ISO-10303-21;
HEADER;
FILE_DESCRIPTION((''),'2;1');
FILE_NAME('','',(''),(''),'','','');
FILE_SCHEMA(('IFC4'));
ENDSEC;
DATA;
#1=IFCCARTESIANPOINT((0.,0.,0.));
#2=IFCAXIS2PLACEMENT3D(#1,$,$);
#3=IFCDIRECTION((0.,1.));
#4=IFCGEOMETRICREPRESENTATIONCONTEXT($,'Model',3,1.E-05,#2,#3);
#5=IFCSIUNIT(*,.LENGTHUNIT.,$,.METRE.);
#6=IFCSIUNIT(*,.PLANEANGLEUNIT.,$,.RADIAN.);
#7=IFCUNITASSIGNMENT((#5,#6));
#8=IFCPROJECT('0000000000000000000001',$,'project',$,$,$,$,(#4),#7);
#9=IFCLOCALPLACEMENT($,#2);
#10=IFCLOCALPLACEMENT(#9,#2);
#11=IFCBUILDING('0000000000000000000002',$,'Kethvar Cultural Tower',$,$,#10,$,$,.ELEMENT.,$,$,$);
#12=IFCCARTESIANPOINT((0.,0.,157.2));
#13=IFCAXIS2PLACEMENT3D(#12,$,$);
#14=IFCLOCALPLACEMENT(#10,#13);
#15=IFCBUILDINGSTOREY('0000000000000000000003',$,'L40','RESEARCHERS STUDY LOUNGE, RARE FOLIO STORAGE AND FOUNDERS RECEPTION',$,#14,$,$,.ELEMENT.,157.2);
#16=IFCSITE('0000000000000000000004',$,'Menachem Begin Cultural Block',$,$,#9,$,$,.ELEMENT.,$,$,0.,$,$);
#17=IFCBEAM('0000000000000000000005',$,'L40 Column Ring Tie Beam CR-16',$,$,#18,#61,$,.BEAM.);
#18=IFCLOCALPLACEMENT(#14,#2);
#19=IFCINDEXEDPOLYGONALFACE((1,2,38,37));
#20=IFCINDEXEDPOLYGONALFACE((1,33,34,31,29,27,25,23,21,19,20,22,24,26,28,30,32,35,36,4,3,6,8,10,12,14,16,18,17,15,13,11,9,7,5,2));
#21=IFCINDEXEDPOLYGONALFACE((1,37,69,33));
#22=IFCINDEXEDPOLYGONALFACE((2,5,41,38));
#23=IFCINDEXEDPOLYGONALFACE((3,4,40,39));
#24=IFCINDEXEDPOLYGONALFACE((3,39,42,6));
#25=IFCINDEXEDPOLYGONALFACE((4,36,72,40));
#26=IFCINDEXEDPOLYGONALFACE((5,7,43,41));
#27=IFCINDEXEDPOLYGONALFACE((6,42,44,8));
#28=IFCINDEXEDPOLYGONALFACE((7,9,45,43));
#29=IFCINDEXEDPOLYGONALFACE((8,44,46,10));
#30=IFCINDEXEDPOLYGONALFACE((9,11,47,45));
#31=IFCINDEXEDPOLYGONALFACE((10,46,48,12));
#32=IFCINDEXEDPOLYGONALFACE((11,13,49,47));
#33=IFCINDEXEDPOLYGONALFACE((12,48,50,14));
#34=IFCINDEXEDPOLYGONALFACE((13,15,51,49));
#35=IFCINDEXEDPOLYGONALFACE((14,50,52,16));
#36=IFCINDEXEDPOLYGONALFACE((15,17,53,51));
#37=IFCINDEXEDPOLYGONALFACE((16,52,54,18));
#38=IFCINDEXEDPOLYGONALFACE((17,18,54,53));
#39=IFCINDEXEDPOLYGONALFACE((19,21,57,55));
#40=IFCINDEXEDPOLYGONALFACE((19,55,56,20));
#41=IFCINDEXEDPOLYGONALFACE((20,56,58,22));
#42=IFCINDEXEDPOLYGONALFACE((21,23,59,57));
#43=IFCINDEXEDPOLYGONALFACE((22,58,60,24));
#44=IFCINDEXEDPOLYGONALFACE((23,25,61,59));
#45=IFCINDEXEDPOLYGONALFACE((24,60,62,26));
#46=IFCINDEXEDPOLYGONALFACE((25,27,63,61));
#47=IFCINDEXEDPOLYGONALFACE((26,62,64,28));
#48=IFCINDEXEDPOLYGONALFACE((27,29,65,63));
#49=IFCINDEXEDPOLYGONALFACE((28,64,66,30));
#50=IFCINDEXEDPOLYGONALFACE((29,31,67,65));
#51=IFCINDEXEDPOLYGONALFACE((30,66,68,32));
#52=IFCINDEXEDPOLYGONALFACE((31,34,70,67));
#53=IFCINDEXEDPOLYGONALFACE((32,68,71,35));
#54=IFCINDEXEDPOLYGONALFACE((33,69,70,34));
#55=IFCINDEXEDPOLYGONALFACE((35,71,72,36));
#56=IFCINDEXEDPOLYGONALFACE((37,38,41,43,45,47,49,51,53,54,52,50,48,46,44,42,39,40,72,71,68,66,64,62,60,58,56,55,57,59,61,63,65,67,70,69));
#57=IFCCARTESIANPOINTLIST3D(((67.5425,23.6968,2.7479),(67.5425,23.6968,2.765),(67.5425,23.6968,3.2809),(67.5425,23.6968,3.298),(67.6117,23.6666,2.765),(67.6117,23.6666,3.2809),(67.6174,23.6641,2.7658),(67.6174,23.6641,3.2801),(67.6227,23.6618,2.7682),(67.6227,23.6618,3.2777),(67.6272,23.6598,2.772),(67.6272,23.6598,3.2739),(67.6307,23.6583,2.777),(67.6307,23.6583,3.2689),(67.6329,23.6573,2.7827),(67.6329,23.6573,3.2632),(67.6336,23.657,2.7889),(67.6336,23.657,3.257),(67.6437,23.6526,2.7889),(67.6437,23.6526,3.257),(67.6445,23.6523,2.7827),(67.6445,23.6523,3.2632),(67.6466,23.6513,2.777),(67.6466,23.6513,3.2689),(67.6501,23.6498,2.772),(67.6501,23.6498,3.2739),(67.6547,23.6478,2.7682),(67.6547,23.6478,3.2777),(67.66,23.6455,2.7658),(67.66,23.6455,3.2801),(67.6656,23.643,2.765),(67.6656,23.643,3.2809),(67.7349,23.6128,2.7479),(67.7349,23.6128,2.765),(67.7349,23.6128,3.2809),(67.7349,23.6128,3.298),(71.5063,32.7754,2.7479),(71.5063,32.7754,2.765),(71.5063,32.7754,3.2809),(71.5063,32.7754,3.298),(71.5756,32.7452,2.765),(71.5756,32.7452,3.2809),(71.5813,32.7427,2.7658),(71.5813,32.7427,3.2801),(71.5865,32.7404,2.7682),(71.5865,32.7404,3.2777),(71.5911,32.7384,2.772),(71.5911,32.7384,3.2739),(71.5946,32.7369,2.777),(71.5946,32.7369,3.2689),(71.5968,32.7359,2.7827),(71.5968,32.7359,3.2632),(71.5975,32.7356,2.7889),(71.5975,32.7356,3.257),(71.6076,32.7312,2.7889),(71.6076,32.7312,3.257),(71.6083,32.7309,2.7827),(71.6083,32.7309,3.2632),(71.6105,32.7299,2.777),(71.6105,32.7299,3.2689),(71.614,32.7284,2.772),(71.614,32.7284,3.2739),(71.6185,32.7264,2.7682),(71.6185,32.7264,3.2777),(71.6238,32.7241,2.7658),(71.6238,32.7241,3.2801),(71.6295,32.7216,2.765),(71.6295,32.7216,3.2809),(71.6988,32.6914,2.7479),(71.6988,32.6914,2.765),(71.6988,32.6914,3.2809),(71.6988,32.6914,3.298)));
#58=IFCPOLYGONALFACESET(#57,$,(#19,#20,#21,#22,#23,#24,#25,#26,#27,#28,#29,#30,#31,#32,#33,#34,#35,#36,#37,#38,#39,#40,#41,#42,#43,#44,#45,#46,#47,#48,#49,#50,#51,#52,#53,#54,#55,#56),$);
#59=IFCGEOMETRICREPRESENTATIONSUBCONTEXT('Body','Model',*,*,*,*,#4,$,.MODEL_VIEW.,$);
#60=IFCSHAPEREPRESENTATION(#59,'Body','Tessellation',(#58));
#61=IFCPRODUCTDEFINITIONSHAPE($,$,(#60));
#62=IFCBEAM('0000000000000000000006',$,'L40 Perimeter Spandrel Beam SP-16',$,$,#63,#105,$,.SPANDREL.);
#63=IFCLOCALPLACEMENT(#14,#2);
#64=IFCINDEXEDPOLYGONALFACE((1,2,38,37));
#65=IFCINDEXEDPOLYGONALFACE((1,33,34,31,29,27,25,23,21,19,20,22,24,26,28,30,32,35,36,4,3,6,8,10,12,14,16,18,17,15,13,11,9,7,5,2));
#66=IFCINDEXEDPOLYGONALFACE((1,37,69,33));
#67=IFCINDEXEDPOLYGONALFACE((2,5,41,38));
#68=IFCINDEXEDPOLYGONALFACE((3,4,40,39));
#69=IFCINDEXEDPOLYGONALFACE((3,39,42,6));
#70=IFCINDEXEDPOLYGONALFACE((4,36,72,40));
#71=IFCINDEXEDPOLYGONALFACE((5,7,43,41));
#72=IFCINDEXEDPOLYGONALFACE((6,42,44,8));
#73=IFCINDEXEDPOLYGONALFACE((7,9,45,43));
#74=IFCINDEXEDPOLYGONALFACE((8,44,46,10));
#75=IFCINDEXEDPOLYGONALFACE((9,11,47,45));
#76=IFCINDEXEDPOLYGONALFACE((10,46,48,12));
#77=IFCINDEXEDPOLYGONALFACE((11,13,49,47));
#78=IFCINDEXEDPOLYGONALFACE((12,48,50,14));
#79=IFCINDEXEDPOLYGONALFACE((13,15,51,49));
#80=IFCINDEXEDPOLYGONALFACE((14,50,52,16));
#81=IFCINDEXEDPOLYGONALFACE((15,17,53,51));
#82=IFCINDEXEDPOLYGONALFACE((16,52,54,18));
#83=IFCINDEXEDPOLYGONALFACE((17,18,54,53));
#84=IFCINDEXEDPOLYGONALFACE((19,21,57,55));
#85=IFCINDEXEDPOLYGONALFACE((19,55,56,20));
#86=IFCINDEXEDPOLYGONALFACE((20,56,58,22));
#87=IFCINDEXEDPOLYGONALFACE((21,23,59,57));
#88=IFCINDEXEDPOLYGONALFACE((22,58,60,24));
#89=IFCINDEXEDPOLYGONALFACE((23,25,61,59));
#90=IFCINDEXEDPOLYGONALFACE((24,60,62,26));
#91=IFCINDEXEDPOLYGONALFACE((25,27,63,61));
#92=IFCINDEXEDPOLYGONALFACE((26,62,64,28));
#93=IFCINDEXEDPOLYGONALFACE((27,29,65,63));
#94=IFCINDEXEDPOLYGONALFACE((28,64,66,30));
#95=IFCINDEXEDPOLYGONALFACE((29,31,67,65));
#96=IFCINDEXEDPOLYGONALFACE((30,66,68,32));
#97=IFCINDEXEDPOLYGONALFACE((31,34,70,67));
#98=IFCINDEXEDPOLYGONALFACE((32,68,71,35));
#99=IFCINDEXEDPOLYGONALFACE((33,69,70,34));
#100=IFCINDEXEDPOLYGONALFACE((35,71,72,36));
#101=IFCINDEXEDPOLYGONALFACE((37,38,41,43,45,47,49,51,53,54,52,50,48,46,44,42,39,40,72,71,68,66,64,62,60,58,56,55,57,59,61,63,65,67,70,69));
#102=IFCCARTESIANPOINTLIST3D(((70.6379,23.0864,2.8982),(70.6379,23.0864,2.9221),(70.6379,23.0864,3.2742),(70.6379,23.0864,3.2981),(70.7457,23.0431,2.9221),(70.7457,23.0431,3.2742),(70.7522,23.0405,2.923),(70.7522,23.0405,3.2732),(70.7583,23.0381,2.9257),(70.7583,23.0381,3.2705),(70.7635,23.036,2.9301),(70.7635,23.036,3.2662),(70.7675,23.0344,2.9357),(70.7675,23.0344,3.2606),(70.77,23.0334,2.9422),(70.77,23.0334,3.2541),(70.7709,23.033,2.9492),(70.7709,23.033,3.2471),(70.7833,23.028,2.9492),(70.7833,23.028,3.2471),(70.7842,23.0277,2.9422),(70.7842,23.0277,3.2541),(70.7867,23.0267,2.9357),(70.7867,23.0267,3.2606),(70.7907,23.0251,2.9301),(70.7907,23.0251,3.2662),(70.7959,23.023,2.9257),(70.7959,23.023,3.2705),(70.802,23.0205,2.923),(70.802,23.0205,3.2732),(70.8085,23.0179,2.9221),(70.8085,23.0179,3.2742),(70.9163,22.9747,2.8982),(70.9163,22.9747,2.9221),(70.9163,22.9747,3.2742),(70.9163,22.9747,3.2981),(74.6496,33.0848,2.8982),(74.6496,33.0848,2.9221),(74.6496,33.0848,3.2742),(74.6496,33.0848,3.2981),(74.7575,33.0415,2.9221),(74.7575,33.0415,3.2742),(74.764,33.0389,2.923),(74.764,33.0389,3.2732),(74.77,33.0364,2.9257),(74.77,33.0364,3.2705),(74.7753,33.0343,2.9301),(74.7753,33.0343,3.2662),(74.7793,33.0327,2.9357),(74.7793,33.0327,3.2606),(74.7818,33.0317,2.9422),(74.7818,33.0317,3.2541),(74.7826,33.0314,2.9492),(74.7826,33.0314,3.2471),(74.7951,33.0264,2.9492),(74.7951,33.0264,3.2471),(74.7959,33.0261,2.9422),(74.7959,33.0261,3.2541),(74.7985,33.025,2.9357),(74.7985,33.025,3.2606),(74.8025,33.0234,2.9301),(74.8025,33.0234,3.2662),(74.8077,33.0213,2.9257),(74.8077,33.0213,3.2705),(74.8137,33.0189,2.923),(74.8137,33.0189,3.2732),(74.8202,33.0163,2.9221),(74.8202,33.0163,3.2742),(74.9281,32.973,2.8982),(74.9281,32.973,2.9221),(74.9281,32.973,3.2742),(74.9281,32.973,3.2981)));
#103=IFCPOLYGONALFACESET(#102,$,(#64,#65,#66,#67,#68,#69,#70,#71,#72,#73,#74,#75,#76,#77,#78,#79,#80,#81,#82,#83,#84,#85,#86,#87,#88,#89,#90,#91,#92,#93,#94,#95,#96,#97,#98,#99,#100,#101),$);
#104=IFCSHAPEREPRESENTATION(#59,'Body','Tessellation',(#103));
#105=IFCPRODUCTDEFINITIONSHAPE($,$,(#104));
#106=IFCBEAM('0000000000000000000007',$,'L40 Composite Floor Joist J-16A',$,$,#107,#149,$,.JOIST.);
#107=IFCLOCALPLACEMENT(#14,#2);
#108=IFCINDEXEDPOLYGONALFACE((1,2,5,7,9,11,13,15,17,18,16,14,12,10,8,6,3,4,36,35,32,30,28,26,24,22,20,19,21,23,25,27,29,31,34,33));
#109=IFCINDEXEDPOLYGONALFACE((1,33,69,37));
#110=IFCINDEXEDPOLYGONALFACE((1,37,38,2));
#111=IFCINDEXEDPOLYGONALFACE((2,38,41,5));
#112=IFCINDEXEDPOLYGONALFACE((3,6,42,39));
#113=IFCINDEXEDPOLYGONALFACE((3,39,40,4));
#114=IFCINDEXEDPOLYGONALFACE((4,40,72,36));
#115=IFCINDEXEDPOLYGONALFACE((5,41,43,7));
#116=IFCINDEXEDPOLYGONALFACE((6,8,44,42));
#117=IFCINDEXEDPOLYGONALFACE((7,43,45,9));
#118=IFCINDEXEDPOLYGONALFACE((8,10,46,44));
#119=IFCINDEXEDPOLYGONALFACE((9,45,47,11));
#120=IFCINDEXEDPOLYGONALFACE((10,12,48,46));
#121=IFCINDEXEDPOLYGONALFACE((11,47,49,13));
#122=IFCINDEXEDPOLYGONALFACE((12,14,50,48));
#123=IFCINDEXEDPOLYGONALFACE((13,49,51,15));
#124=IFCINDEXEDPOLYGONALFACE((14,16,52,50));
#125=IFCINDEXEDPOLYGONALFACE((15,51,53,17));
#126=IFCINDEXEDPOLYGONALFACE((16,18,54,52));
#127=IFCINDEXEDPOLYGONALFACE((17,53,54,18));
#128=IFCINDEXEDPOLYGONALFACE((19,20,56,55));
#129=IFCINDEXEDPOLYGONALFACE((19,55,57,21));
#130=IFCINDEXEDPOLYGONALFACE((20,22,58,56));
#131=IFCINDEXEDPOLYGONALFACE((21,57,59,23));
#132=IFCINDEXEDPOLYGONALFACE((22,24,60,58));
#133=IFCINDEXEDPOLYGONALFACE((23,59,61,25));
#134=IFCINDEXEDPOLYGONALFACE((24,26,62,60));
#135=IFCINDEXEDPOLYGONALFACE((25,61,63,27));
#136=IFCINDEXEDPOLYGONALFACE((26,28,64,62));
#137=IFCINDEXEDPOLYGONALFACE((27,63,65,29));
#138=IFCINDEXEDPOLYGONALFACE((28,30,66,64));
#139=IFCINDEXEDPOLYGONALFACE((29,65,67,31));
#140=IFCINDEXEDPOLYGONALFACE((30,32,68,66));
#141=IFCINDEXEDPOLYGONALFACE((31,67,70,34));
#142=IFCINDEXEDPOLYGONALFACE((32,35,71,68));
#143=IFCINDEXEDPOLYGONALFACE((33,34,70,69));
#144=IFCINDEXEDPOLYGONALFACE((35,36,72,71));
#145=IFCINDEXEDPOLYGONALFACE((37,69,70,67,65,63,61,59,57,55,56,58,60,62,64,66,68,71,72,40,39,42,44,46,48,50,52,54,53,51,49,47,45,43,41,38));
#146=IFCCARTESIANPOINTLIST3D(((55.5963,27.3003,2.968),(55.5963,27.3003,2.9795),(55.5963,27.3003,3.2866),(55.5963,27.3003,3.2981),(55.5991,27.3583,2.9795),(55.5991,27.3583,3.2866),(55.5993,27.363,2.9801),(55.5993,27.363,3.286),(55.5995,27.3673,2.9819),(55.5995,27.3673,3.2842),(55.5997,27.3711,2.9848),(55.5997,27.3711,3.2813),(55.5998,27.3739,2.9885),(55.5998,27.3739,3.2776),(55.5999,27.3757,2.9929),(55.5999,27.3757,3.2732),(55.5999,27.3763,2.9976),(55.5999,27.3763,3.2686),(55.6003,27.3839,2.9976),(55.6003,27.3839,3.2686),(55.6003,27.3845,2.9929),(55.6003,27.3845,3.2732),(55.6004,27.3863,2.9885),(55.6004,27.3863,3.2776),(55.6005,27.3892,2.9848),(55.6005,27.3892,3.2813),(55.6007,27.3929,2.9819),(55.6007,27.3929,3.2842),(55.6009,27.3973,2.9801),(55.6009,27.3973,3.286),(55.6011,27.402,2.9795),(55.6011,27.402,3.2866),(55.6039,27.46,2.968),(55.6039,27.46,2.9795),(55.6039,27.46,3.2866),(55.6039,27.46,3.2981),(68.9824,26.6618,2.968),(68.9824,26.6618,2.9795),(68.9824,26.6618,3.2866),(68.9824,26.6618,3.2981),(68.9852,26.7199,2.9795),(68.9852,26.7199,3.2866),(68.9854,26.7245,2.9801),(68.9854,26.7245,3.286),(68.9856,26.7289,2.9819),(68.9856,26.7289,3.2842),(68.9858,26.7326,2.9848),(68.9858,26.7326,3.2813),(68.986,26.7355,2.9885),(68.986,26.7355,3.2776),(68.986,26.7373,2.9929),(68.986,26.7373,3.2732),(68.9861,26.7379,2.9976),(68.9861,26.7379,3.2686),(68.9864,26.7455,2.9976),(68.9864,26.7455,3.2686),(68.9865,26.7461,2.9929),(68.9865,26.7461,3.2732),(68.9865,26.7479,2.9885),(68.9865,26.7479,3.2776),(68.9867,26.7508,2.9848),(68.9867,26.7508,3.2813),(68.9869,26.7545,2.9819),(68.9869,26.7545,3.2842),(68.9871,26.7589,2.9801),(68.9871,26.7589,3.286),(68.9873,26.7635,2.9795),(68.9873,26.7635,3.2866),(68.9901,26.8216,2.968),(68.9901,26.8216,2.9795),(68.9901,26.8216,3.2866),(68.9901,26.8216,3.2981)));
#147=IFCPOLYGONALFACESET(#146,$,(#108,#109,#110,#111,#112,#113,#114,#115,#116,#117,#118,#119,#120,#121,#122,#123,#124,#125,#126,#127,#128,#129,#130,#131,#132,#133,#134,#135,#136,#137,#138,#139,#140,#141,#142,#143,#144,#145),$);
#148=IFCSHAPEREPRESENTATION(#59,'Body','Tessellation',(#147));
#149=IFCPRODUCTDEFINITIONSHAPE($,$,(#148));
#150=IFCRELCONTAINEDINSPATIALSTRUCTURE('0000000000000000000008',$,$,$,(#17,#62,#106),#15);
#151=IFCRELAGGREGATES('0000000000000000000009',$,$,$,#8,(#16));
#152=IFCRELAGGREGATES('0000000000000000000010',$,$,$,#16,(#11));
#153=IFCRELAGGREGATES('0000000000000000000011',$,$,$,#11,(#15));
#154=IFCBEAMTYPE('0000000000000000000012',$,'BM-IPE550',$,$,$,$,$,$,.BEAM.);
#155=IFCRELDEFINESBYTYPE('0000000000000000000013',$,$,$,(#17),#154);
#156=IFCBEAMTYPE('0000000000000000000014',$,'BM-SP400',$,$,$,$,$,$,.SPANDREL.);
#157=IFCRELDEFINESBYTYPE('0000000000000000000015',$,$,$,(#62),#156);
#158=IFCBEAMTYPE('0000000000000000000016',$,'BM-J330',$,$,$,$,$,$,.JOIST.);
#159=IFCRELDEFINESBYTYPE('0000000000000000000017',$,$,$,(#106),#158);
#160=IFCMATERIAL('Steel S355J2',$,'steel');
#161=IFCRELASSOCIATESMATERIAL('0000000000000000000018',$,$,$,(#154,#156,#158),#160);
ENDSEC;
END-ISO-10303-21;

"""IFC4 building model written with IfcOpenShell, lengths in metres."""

from ifc_helpers import new_model, si_unit, direction, frame, origin, origin_2d, place, context, subcontext, project, spatial, i_section, extrude, source, transform, mapped, material, material_profile, profile_set, type_object, element, save


model = new_model("IFC4")

# Units and contexts
model_context = context("Model", 3, precision=1e-05, world=origin(), true_north=direction((0.0, 1.0)))
body_context = subcontext(model_context, "Body", "Model", "MODEL_VIEW")
ifc_project = project(units=[si_unit("LENGTHUNIT", "METRE"), si_unit("PLANEANGLEUNIT", "RADIAN")], contexts=[model_context])

# Site, building, storey
site_placement = place(None, origin())
site = spatial("IfcSite", under=ifc_project, at=site_placement, Name="Menachem Begin Cultural Block", CompositionType="ELEMENT", RefElevation=0.0)
building_placement = place(site_placement, origin())
building = spatial("IfcBuilding", under=site, at=building_placement, Name="Kethvar Cultural Tower", CompositionType="ELEMENT")
storey_placement = place(building_placement, frame((0.0, 0.0, 157.2)))
storey = spatial("IfcBuildingStorey", under=building, at=storey_placement, Name="L40", Description="RESEARCHERS STUDY LOUNGE, RARE FOLIO STORAGE AND FOUNDERS RECEPTION", CompositionType="ELEMENT", Elevation=157.2)

# Beams
ifc_material_1 = material(Name="Steel S355J2", Category="steel")
ifc_material_profile_1 = material_profile(ifc_material_1, i_section(OverallWidth=0.21, OverallDepth=0.55, WebThickness=0.011, FlangeThickness=0.0171, FilletRadius=0.0239, at=origin_2d()), Name="Steel S355J2 — IPE550")
ifc_profile_set_1 = profile_set([ifc_material_profile_1], Name="Steel S355J2 — IPE550")
beam_type_1 = type_object("IfcBeamType", Name="BM-IPE550", PredefinedType="BEAM", material=ifc_profile_set_1)
shared_shape_1 = source(origin(), body_context, "Body", "SweptSolid", [
    extrude(i_section(OverallWidth=0.21, OverallDepth=0.55, WebThickness=0.011, FlangeThickness=0.0171, FilletRadius=0.0239, at=origin_2d()), origin(), (0.0, 0.0, 1.0), 9.9062),
])
beam_1_placement = place(storey_placement, frame((67.6387, 23.6548, 3.0229), z_axis=(0.400139, 0.916455, 0.0), x_axis=(-0.916455, 0.400139, 0.0)))
element("IfcBeam", 1, at=beam_1_placement, inside=storey, type_object=beam_type_1, Name="L40 Column Ring Tie Beam CR-16", PredefinedType="BEAM", context=body_context, shape_type="MappedRepresentation", body=[
    mapped(shared_shape_1, transform((0.0, 0.0, 0.0), scale=1.0)),
])
ifc_material_profile_2 = material_profile(ifc_material_1, i_section(OverallWidth=0.3, OverallDepth=0.3999, WebThickness=0.0134, FlangeThickness=0.0239, FilletRadius=0.0271, at=origin_2d()), Name="Steel S355J2 — HEB400")
ifc_profile_set_2 = profile_set([ifc_material_profile_2], Name="Steel S355J2 — HEB400")
beam_type_2 = type_object("IfcBeamType", Name="BM-SP400", PredefinedType="SPANDREL", material=ifc_profile_set_2)
shared_shape_2 = source(origin(), body_context, "Body", "SweptSolid", [
    extrude(i_section(OverallWidth=0.3, OverallDepth=0.3999, WebThickness=0.0134, FlangeThickness=0.0239, FilletRadius=0.0271, at=origin_2d()), origin(), (0.0, 0.0, 1.0), 10.7732),
])
beam_2_placement = place(storey_placement, frame((70.7771, 23.0305, 3.0981), z_axis=(0.372383, 0.928079, 0.0), x_axis=(-0.928079, 0.372383, 0.0)))
element("IfcBeam", 2, at=beam_2_placement, inside=storey, type_object=beam_type_2, Name="L40 Perimeter Spandrel Beam SP-16", PredefinedType="SPANDREL", context=body_context, shape_type="MappedRepresentation", body=[
    mapped(shared_shape_2, transform((0.0, 0.0, 0.0), scale=1.0)),
])
ifc_material_profile_3 = material_profile(ifc_material_1, i_section(OverallWidth=0.1599, OverallDepth=0.3301, WebThickness=0.0076, FlangeThickness=0.0115, FilletRadius=0.0181, at=origin_2d()), Name="Steel S355J2 — IPE330")
ifc_profile_set_3 = profile_set([ifc_material_profile_3], Name="Steel S355J2 — IPE330")
beam_type_3 = type_object("IfcBeamType", Name="BM-J330", PredefinedType="JOIST", material=ifc_profile_set_3)
shared_shape_3 = source(origin(), body_context, "Body", "SweptSolid", [
    extrude(i_section(OverallWidth=0.1599, OverallDepth=0.3301, WebThickness=0.0076, FlangeThickness=0.0115, FilletRadius=0.0181, at=origin_2d()), origin(), (0.0, 0.0, 1.0), 13.4014),
])
beam_3_placement = place(storey_placement, frame((55.6001, 27.3801, 3.1331), z_axis=(0.998865, -0.047639, 0.0), x_axis=(0.047639, 0.998865, 0.0)))
element("IfcBeam", 3, at=beam_3_placement, inside=storey, type_object=beam_type_3, Name="L40 Composite Floor Joist J-16A", PredefinedType="JOIST", context=body_context, shape_type="MappedRepresentation", body=[
    mapped(shared_shape_3, transform((0.0, 0.0, 0.0), scale=1.0)),
])

save(model, "model.ifc")
